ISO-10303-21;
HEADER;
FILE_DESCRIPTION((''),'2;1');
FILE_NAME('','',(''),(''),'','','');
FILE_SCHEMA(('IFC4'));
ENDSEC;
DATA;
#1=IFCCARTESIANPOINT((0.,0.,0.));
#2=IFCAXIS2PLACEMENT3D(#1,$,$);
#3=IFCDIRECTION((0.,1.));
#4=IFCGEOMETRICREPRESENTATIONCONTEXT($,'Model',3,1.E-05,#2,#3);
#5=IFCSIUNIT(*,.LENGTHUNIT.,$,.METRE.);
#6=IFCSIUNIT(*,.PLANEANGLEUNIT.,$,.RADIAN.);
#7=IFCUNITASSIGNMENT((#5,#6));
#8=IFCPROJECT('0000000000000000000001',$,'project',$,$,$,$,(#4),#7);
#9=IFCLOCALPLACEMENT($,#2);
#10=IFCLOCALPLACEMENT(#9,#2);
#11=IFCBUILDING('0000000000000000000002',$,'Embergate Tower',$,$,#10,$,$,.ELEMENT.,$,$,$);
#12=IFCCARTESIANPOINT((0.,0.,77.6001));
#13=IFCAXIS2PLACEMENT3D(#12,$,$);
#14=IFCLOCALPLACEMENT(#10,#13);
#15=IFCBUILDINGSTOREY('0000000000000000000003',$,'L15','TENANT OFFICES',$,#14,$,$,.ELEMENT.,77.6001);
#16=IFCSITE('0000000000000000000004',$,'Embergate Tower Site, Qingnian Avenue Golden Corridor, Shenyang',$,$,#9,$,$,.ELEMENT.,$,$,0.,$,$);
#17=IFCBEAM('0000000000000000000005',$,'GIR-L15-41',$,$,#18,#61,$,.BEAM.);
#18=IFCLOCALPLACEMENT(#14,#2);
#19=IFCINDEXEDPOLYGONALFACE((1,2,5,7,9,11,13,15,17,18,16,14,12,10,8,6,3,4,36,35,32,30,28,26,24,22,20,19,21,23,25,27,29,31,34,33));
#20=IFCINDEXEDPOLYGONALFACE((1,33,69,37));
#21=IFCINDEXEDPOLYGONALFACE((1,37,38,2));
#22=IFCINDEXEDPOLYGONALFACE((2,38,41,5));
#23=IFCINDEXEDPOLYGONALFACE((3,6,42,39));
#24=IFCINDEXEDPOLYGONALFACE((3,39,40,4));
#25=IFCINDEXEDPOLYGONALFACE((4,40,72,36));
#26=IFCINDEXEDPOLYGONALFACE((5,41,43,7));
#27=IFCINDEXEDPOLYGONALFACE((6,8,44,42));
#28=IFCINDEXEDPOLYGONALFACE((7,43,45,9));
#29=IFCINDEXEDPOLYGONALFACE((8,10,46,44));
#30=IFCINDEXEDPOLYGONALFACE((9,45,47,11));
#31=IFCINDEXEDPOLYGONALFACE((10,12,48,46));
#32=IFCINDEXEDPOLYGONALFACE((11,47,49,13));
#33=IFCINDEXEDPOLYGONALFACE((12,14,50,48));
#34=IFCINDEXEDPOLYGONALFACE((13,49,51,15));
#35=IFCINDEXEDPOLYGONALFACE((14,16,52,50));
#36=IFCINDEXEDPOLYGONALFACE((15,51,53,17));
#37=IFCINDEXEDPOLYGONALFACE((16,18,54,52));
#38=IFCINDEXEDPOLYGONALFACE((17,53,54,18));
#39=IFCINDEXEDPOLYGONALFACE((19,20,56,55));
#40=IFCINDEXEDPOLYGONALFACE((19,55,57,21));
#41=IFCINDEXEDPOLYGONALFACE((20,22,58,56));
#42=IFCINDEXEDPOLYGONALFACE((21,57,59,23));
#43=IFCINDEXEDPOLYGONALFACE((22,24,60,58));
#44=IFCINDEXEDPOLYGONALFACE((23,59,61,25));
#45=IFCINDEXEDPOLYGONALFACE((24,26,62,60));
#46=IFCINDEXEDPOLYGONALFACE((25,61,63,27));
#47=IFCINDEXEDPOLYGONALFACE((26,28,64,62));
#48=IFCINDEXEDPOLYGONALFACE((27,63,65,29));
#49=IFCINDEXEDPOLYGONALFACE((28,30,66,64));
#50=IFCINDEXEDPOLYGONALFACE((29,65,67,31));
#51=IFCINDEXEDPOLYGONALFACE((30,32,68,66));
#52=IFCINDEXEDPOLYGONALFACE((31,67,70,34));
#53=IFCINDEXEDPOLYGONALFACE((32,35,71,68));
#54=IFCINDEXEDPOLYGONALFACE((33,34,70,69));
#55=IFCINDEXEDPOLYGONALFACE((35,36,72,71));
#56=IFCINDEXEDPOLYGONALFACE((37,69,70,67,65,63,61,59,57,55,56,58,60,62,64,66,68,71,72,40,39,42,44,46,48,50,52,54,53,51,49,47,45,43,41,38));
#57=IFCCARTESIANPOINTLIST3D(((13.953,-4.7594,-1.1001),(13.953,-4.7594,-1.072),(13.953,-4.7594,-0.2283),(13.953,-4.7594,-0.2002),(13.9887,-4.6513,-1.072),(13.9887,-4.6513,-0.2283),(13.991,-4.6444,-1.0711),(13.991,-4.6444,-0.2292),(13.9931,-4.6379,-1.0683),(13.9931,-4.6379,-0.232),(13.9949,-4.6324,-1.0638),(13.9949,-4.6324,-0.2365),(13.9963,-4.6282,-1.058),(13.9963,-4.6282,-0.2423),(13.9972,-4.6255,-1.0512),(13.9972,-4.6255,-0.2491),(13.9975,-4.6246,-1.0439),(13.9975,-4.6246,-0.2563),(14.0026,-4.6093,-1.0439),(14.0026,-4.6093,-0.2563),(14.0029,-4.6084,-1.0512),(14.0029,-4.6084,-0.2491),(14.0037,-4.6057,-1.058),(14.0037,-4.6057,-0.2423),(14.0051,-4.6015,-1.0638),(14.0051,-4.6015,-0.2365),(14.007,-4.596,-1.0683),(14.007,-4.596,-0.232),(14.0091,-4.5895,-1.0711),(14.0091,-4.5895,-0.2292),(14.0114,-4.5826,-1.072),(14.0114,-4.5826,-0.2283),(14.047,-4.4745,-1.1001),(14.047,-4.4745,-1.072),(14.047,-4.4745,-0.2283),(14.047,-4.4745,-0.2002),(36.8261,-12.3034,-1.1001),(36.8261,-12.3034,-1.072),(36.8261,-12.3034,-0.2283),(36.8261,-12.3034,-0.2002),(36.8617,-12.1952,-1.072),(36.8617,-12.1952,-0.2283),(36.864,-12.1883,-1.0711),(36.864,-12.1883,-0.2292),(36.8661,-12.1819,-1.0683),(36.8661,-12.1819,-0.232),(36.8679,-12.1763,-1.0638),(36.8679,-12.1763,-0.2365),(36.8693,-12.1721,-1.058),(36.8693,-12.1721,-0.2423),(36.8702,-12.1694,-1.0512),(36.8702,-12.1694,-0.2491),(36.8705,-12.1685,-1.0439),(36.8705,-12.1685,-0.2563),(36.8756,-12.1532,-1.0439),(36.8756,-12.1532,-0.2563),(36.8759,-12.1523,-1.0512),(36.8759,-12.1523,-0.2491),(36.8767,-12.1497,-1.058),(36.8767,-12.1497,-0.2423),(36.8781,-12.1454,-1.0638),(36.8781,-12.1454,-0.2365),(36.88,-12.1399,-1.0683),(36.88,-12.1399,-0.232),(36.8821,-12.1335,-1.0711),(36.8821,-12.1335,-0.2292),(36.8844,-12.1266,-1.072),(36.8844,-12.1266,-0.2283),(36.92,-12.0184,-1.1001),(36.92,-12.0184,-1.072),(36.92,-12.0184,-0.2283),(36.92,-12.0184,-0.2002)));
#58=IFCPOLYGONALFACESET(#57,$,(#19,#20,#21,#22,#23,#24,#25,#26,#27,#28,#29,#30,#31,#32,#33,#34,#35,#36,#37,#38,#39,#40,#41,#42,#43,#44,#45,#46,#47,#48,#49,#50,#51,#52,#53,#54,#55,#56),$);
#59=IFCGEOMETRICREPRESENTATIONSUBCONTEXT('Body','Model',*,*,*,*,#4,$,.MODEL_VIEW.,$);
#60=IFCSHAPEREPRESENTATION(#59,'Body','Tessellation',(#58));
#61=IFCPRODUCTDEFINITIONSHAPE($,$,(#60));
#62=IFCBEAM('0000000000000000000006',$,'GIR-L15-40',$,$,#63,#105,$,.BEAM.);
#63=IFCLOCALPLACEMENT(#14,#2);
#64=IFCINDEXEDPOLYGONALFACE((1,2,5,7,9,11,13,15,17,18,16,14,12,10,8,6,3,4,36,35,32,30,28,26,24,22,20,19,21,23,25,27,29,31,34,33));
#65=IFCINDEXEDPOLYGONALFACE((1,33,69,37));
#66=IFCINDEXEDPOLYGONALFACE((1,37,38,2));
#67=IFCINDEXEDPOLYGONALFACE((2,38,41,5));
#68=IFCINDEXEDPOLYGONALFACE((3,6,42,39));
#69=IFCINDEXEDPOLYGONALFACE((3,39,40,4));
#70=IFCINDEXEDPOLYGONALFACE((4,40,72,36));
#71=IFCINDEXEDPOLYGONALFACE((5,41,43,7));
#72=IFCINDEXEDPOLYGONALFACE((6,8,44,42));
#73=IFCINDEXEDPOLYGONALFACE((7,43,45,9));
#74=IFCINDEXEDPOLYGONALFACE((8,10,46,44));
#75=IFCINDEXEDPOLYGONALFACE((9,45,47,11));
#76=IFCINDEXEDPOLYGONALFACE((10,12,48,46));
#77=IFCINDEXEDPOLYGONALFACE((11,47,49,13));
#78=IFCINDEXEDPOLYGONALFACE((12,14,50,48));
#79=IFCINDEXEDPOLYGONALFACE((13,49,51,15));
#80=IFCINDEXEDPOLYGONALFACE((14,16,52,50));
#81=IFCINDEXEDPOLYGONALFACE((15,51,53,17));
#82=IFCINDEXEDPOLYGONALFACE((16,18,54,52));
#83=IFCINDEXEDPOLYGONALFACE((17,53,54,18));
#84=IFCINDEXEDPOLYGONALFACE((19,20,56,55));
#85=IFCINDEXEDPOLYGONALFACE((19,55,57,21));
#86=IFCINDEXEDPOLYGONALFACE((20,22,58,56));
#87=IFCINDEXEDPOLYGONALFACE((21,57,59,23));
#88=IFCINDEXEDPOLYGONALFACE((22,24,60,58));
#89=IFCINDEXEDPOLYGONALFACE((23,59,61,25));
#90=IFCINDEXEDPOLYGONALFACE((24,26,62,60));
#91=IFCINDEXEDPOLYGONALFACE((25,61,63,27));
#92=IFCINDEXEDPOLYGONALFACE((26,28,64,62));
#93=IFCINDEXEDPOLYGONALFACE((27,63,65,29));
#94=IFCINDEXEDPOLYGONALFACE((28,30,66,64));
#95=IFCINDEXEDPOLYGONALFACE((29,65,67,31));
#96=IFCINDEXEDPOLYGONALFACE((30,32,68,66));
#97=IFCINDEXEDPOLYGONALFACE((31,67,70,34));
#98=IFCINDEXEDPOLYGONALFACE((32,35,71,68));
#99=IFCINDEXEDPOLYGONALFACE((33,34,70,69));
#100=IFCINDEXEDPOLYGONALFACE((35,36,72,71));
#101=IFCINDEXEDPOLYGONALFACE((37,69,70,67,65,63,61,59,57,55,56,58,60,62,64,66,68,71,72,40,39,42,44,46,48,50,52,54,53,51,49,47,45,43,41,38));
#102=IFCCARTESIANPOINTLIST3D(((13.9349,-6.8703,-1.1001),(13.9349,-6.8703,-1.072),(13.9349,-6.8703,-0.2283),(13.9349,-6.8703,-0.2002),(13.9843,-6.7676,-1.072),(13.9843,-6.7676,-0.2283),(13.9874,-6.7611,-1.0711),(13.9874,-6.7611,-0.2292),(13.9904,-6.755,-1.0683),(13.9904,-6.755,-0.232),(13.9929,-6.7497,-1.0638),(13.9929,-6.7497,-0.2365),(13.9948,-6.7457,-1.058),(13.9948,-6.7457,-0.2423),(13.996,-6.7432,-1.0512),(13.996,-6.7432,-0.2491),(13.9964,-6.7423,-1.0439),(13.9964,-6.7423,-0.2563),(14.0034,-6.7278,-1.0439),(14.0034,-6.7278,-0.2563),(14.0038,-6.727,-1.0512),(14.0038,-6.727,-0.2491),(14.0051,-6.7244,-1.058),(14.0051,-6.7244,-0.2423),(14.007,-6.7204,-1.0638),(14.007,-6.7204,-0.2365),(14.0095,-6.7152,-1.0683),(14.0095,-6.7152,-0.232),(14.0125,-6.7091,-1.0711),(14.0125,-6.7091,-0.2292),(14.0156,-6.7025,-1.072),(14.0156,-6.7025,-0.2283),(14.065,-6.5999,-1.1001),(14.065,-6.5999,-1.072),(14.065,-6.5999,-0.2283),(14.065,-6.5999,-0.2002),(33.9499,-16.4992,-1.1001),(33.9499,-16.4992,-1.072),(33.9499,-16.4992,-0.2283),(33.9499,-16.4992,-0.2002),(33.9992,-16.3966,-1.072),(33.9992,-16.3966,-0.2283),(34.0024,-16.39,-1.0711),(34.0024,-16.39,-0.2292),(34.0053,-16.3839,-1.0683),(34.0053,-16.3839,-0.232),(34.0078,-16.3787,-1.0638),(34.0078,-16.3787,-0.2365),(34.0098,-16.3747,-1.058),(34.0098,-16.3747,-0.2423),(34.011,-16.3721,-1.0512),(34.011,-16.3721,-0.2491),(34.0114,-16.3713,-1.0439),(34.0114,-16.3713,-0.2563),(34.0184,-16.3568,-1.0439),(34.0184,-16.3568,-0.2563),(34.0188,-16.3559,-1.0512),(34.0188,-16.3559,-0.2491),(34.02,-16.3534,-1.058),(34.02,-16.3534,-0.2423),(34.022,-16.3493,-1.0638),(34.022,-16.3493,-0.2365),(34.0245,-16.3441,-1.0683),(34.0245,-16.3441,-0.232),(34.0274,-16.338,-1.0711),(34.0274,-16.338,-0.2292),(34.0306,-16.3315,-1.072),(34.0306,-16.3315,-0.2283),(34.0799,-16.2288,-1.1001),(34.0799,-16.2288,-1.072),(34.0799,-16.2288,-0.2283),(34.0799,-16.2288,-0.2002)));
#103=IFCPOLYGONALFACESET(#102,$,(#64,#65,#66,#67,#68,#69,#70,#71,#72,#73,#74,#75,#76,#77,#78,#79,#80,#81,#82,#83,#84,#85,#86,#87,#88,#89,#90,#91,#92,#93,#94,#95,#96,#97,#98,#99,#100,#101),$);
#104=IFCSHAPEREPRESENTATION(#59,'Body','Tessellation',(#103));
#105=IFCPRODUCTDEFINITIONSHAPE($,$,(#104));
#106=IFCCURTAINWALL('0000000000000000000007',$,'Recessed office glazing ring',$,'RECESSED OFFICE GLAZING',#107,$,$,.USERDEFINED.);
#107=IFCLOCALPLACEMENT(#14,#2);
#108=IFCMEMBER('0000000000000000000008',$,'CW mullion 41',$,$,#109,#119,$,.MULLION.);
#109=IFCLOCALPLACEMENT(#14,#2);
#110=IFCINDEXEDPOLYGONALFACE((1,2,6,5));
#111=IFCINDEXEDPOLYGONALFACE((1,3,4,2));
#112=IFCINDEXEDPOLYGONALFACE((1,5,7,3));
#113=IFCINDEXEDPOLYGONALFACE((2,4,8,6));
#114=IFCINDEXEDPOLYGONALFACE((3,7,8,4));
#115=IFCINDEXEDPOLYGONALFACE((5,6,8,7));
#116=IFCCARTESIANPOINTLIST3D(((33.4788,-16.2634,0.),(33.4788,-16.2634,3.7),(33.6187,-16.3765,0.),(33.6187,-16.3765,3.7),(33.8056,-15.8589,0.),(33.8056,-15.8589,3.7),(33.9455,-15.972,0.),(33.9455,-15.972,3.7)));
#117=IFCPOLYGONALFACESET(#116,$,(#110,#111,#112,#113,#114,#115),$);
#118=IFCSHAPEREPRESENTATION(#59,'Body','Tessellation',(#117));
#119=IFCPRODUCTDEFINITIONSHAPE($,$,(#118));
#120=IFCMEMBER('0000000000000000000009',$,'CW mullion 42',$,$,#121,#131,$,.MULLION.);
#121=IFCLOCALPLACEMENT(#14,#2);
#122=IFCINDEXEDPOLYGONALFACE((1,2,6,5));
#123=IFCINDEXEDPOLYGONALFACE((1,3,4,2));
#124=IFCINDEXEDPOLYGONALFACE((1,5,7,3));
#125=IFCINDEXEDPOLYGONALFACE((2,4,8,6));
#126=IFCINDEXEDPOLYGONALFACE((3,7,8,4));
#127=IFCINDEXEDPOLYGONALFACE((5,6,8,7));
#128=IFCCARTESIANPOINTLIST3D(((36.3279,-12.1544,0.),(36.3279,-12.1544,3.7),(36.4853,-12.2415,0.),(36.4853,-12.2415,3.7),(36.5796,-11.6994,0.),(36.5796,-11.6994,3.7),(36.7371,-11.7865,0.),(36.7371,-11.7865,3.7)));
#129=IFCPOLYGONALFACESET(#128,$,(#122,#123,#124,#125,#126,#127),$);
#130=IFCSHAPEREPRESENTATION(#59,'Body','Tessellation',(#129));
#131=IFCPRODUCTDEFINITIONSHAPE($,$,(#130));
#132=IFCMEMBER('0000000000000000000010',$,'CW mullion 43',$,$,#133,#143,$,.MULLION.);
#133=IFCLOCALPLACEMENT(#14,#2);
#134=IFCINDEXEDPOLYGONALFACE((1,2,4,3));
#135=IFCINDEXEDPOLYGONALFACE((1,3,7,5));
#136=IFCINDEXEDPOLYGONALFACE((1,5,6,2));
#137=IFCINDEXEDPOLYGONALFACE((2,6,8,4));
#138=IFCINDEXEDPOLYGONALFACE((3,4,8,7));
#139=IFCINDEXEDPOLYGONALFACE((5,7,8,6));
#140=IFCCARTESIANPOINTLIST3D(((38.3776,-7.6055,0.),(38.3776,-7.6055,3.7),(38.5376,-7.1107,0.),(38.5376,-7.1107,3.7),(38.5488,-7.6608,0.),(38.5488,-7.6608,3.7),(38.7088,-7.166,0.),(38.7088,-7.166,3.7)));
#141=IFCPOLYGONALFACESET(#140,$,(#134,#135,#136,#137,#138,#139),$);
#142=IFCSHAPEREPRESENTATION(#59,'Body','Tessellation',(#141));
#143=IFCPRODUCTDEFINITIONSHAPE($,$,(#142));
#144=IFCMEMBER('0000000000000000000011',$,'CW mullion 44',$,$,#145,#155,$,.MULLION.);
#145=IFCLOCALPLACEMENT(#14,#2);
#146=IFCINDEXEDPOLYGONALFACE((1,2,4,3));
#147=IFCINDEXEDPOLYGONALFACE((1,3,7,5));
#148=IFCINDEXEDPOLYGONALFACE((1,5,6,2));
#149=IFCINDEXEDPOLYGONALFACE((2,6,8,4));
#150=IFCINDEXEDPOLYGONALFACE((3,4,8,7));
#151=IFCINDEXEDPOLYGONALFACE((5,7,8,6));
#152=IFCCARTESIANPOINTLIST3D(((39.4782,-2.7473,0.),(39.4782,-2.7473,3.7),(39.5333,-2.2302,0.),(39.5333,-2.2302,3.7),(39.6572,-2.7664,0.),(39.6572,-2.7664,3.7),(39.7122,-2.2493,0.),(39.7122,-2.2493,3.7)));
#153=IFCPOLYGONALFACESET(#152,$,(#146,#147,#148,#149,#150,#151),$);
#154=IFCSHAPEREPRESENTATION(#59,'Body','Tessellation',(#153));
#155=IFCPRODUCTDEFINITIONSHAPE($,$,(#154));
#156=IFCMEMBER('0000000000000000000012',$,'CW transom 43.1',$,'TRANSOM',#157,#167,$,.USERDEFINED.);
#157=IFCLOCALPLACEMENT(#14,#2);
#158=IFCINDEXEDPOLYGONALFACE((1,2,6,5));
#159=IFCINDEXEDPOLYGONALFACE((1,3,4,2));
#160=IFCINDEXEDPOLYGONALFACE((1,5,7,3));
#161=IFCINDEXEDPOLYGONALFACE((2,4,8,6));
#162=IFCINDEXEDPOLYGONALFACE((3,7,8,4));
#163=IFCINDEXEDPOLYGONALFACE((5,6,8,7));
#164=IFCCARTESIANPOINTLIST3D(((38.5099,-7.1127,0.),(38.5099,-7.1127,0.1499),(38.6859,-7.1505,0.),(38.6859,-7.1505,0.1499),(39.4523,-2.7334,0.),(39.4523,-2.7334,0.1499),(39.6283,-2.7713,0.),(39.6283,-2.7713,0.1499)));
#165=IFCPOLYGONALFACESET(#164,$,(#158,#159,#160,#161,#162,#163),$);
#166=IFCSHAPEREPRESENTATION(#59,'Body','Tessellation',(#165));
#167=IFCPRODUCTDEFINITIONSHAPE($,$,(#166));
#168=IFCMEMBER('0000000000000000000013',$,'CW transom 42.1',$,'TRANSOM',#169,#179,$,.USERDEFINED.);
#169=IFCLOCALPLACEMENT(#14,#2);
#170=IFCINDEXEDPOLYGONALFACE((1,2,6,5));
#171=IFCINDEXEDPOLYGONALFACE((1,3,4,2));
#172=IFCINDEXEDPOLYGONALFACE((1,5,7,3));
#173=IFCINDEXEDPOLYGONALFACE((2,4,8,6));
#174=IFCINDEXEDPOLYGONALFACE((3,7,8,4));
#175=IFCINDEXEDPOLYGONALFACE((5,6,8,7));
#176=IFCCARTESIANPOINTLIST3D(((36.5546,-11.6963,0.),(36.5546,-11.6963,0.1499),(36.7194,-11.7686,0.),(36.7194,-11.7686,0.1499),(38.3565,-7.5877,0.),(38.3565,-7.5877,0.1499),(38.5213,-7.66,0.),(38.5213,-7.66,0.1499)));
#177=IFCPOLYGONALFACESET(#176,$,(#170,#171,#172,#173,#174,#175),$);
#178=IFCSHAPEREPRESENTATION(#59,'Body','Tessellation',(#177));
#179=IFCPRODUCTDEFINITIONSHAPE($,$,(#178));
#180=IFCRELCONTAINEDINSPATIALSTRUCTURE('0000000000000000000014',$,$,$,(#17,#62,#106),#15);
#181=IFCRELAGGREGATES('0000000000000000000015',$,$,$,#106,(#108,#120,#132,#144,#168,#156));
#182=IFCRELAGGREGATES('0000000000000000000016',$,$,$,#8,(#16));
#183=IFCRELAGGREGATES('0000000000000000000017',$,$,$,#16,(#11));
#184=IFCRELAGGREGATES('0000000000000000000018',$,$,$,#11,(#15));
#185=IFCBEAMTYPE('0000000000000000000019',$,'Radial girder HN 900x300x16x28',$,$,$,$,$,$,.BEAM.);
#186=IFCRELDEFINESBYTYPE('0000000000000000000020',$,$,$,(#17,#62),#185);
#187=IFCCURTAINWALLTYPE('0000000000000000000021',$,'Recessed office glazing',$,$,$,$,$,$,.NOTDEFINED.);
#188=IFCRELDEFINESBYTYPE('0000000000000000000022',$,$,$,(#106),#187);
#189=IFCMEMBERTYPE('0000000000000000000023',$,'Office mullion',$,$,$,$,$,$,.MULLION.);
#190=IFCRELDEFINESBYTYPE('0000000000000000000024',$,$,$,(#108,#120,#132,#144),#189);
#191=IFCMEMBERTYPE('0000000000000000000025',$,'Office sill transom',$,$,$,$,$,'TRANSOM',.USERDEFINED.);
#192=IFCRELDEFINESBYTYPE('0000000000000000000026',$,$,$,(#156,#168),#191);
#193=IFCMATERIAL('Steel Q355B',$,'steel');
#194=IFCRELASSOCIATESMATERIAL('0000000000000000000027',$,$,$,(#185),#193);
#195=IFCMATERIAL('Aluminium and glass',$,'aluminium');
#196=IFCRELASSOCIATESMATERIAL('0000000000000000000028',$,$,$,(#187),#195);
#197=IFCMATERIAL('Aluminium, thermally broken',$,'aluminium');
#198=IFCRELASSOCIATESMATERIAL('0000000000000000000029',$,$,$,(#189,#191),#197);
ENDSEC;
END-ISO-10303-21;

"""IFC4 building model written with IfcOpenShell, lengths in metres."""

from ifc_helpers import new_model, si_unit, direction, frame, origin, origin_2d, place, context, subcontext, project, spatial, rectangle, i_section, extrude, source, transform, mapped, material, material_profile, profile_set, type_object, element, aggregate, save


model = new_model("IFC4")

# Units and contexts
model_context = context("Model", 3, precision=1e-05, world=origin(), true_north=direction((0.0, 1.0)))
body_context = subcontext(model_context, "Body", "Model", "MODEL_VIEW")
ifc_project = project(units=[si_unit("LENGTHUNIT", "METRE"), si_unit("PLANEANGLEUNIT", "RADIAN")], contexts=[model_context])

# Site, building, storey
site_placement = place(None, origin())
site = spatial("IfcSite", under=ifc_project, at=site_placement, Name="Embergate Tower Site, Qingnian Avenue Golden Corridor, Shenyang", CompositionType="ELEMENT", RefElevation=0.0)
building_placement = place(site_placement, origin())
building = spatial("IfcBuilding", under=site, at=building_placement, Name="Embergate Tower", CompositionType="ELEMENT")
storey_placement = place(building_placement, frame((0.0, 0.0, 77.6001)))
storey = spatial("IfcBuildingStorey", under=building, at=storey_placement, Name="L15", Description="TENANT OFFICES", CompositionType="ELEMENT", Elevation=77.6001)

# Beams
ifc_material_1 = material(Name="Steel Q355B", Category="steel")
ifc_material_profile_1 = material_profile(ifc_material_1, i_section(OverallWidth=0.3, OverallDepth=0.8999, WebThickness=0.0161, FlangeThickness=0.0281, FilletRadius=0.0281, at=origin_2d()), Name="HN 900x300x16x28")
ifc_profile_set_1 = profile_set([ifc_material_profile_1], Name="Steel Q355 grade B")
beam_type_1 = type_object("IfcBeamType", Name="Radial girder HN 900x300x16x28", PredefinedType="BEAM", material=ifc_profile_set_1)
shared_shape_1 = source(origin(), body_context, "Body", "SweptSolid", [
    extrude(i_section(OverallWidth=0.3, OverallDepth=0.8999, WebThickness=0.0161, FlangeThickness=0.0281, FilletRadius=0.0281, at=origin_2d()), origin(), (0.0, 0.0, 1.0), 24.085),
])
beam_1_placement = place(storey_placement, frame((36.873, -12.1609, -0.6501), z_axis=(-0.94968, 0.313222, 0.0), x_axis=(-0.313222, -0.94968, 0.0)))
element("IfcBeam", 1, at=beam_1_placement, inside=storey, type_object=beam_type_1, Name="GIR-L15-41", PredefinedType="BEAM", context=body_context, shape_type="MappedRepresentation", body=[
    mapped(shared_shape_1, transform((0.0, 0.0, 0.0))),
])
shared_shape_2 = source(origin(), body_context, "Body", "SweptSolid", [
    extrude(i_section(OverallWidth=0.3, OverallDepth=0.8999, WebThickness=0.0161, FlangeThickness=0.0281, FilletRadius=0.0281, at=origin_2d()), origin(), (0.0, 0.0, 1.0), 22.2107),
])
beam_2_placement = place(storey_placement, frame((34.0149, -16.364, -0.6501), z_axis=(-0.901141, 0.433527, 0.0), x_axis=(-0.433527, -0.901141, 0.0)))
element("IfcBeam", 2, at=beam_2_placement, inside=storey, type_object=beam_type_1, Name="GIR-L15-40", PredefinedType="BEAM", context=body_context, shape_type="MappedRepresentation", body=[
    mapped(shared_shape_2, transform((0.0, 0.0, 0.0))),
])

# Curtain wall, members
ifc_material_2 = material(Name="Aluminium and glass", Category="aluminium")
curtain_wall_type = type_object("IfcCurtainWallType", Name="Recessed office glazing", PredefinedType="NOTDEFINED", material=ifc_material_2)
curtain_wall_placement = place(storey_placement, origin())
curtain_wall = element("IfcCurtainWall", 3, at=curtain_wall_placement, inside=storey, type_object=curtain_wall_type, Name="Recessed office glazing ring", ObjectType="RECESSED OFFICE GLAZING", PredefinedType="USERDEFINED")
ifc_material_3 = material(Name="Aluminium, thermally broken", Category="aluminium")
ifc_material_profile_2 = material_profile(ifc_material_3, rectangle(XDim=0.1799, YDim=0.52, at=origin_2d()), Name="AL 520x180")
ifc_profile_set_2 = profile_set([ifc_material_profile_2], Name="Aluminium, thermally broken")
member_type_1 = type_object("IfcMemberType", Name="Office mullion", PredefinedType="MULLION", material=ifc_profile_set_2)
shared_shape_3 = source(origin(), body_context, "Body", "SweptSolid", [
    extrude(rectangle(XDim=0.1799, YDim=0.52, at=origin_2d()), origin(), (0.0, 0.0, 1.0), 3.7),
])
member_1_placement = place(storey_placement, frame((33.7122, -16.1177, 0.0), z_axis=(0.0, 0.0, 1.0), x_axis=(-0.77788, 0.628413, 0.0)))
member_1 = element("IfcMember", 4, at=member_1_placement, type_object=member_type_1, Name="CW mullion 41", PredefinedType="MULLION", context=body_context, shape_type="MappedRepresentation", body=[
    mapped(shared_shape_3, transform((0.0, 0.0, 0.0))),
])
member_2_placement = place(storey_placement, frame((36.5325, -11.9705, 0.0), z_axis=(0.0, 0.0, 1.0), x_axis=(-0.875008, 0.484109, 0.0)))
member_2 = element("IfcMember", 5, at=member_2_placement, type_object=member_type_1, Name="CW mullion 42", PredefinedType="MULLION", context=body_context, shape_type="MappedRepresentation", body=[
    mapped(shared_shape_3, transform((0.0, 0.0, 0.0))),
])
member_3_placement = place(storey_placement, frame((38.5432, -7.3857, 0.0), z_axis=(0.0, 0.0, 1.0), x_axis=(-0.951501, 0.307646, 0.0)))
member_3 = element("IfcMember", 6, at=member_3_placement, type_object=member_type_1, Name="CW mullion 43", PredefinedType="MULLION", context=body_context, shape_type="MappedRepresentation", body=[
    mapped(shared_shape_3, transform((0.0, 0.0, 0.0))),
])
member_4_placement = place(storey_placement, frame((39.5952, -2.4983, 0.0), z_axis=(0.0, 0.0, 1.0), x_axis=(-0.994385, 0.10582, 0.0)))
member_4 = element("IfcMember", 7, at=member_4_placement, type_object=member_type_1, Name="CW mullion 44", PredefinedType="MULLION", context=body_context, shape_type="MappedRepresentation", body=[
    mapped(shared_shape_3, transform((0.0, 0.0, 0.0))),
])
ifc_material_profile_3 = material_profile(ifc_material_3, rectangle(XDim=0.1799, YDim=0.1499, at=origin_2d()), Name="AL 150x180")
ifc_profile_set_3 = profile_set([ifc_material_profile_3], Name="Aluminium, thermally broken")
member_type_2 = type_object("IfcMemberType", Name="Office sill transom", ElementType="TRANSOM", PredefinedType="USERDEFINED", material=ifc_profile_set_3)
shared_shape_4 = source(origin(), body_context, "Body", "SweptSolid", [
    extrude(rectangle(XDim=0.1799, YDim=0.1499, at=origin_2d()), origin(), (0.0, 0.0, 1.0), 4.4795),
])
member_5_placement = place(storey_placement, frame((38.5979, -7.1316, 0.075), z_axis=(0.210381, 0.977619, 0.0), x_axis=(-0.977619, 0.210381, 0.0)))
member_5 = element("IfcMember", 8, at=member_5_placement, type_object=member_type_2, Name="CW transom 43.1", ObjectType="TRANSOM", PredefinedType="USERDEFINED", context=body_context, shape_type="MappedRepresentation", body=[
    mapped(shared_shape_4, transform((0.0, 0.0, 0.0))),
])
shared_shape_5 = source(origin(), body_context, "Body", "SweptSolid", [
    extrude(rectangle(XDim=0.1799, YDim=0.1499, at=origin_2d()), origin(), (0.0, 0.0, 1.0), 4.4863),
])
member_6_placement = place(storey_placement, frame((36.637, -11.7324, 0.075), z_axis=(0.401655, 0.915791, 0.0), x_axis=(-0.915791, 0.401655, 0.0)))
member_6 = element("IfcMember", 9, at=member_6_placement, type_object=member_type_2, Name="CW transom 42.1", ObjectType="TRANSOM", PredefinedType="USERDEFINED", context=body_context, shape_type="MappedRepresentation", body=[
    mapped(shared_shape_5, transform((0.0, 0.0, 0.0))),
])
aggregate(curtain_wall, [member_1, member_2, member_3, member_4, member_6, member_5])

save(model, "model.ifc")
